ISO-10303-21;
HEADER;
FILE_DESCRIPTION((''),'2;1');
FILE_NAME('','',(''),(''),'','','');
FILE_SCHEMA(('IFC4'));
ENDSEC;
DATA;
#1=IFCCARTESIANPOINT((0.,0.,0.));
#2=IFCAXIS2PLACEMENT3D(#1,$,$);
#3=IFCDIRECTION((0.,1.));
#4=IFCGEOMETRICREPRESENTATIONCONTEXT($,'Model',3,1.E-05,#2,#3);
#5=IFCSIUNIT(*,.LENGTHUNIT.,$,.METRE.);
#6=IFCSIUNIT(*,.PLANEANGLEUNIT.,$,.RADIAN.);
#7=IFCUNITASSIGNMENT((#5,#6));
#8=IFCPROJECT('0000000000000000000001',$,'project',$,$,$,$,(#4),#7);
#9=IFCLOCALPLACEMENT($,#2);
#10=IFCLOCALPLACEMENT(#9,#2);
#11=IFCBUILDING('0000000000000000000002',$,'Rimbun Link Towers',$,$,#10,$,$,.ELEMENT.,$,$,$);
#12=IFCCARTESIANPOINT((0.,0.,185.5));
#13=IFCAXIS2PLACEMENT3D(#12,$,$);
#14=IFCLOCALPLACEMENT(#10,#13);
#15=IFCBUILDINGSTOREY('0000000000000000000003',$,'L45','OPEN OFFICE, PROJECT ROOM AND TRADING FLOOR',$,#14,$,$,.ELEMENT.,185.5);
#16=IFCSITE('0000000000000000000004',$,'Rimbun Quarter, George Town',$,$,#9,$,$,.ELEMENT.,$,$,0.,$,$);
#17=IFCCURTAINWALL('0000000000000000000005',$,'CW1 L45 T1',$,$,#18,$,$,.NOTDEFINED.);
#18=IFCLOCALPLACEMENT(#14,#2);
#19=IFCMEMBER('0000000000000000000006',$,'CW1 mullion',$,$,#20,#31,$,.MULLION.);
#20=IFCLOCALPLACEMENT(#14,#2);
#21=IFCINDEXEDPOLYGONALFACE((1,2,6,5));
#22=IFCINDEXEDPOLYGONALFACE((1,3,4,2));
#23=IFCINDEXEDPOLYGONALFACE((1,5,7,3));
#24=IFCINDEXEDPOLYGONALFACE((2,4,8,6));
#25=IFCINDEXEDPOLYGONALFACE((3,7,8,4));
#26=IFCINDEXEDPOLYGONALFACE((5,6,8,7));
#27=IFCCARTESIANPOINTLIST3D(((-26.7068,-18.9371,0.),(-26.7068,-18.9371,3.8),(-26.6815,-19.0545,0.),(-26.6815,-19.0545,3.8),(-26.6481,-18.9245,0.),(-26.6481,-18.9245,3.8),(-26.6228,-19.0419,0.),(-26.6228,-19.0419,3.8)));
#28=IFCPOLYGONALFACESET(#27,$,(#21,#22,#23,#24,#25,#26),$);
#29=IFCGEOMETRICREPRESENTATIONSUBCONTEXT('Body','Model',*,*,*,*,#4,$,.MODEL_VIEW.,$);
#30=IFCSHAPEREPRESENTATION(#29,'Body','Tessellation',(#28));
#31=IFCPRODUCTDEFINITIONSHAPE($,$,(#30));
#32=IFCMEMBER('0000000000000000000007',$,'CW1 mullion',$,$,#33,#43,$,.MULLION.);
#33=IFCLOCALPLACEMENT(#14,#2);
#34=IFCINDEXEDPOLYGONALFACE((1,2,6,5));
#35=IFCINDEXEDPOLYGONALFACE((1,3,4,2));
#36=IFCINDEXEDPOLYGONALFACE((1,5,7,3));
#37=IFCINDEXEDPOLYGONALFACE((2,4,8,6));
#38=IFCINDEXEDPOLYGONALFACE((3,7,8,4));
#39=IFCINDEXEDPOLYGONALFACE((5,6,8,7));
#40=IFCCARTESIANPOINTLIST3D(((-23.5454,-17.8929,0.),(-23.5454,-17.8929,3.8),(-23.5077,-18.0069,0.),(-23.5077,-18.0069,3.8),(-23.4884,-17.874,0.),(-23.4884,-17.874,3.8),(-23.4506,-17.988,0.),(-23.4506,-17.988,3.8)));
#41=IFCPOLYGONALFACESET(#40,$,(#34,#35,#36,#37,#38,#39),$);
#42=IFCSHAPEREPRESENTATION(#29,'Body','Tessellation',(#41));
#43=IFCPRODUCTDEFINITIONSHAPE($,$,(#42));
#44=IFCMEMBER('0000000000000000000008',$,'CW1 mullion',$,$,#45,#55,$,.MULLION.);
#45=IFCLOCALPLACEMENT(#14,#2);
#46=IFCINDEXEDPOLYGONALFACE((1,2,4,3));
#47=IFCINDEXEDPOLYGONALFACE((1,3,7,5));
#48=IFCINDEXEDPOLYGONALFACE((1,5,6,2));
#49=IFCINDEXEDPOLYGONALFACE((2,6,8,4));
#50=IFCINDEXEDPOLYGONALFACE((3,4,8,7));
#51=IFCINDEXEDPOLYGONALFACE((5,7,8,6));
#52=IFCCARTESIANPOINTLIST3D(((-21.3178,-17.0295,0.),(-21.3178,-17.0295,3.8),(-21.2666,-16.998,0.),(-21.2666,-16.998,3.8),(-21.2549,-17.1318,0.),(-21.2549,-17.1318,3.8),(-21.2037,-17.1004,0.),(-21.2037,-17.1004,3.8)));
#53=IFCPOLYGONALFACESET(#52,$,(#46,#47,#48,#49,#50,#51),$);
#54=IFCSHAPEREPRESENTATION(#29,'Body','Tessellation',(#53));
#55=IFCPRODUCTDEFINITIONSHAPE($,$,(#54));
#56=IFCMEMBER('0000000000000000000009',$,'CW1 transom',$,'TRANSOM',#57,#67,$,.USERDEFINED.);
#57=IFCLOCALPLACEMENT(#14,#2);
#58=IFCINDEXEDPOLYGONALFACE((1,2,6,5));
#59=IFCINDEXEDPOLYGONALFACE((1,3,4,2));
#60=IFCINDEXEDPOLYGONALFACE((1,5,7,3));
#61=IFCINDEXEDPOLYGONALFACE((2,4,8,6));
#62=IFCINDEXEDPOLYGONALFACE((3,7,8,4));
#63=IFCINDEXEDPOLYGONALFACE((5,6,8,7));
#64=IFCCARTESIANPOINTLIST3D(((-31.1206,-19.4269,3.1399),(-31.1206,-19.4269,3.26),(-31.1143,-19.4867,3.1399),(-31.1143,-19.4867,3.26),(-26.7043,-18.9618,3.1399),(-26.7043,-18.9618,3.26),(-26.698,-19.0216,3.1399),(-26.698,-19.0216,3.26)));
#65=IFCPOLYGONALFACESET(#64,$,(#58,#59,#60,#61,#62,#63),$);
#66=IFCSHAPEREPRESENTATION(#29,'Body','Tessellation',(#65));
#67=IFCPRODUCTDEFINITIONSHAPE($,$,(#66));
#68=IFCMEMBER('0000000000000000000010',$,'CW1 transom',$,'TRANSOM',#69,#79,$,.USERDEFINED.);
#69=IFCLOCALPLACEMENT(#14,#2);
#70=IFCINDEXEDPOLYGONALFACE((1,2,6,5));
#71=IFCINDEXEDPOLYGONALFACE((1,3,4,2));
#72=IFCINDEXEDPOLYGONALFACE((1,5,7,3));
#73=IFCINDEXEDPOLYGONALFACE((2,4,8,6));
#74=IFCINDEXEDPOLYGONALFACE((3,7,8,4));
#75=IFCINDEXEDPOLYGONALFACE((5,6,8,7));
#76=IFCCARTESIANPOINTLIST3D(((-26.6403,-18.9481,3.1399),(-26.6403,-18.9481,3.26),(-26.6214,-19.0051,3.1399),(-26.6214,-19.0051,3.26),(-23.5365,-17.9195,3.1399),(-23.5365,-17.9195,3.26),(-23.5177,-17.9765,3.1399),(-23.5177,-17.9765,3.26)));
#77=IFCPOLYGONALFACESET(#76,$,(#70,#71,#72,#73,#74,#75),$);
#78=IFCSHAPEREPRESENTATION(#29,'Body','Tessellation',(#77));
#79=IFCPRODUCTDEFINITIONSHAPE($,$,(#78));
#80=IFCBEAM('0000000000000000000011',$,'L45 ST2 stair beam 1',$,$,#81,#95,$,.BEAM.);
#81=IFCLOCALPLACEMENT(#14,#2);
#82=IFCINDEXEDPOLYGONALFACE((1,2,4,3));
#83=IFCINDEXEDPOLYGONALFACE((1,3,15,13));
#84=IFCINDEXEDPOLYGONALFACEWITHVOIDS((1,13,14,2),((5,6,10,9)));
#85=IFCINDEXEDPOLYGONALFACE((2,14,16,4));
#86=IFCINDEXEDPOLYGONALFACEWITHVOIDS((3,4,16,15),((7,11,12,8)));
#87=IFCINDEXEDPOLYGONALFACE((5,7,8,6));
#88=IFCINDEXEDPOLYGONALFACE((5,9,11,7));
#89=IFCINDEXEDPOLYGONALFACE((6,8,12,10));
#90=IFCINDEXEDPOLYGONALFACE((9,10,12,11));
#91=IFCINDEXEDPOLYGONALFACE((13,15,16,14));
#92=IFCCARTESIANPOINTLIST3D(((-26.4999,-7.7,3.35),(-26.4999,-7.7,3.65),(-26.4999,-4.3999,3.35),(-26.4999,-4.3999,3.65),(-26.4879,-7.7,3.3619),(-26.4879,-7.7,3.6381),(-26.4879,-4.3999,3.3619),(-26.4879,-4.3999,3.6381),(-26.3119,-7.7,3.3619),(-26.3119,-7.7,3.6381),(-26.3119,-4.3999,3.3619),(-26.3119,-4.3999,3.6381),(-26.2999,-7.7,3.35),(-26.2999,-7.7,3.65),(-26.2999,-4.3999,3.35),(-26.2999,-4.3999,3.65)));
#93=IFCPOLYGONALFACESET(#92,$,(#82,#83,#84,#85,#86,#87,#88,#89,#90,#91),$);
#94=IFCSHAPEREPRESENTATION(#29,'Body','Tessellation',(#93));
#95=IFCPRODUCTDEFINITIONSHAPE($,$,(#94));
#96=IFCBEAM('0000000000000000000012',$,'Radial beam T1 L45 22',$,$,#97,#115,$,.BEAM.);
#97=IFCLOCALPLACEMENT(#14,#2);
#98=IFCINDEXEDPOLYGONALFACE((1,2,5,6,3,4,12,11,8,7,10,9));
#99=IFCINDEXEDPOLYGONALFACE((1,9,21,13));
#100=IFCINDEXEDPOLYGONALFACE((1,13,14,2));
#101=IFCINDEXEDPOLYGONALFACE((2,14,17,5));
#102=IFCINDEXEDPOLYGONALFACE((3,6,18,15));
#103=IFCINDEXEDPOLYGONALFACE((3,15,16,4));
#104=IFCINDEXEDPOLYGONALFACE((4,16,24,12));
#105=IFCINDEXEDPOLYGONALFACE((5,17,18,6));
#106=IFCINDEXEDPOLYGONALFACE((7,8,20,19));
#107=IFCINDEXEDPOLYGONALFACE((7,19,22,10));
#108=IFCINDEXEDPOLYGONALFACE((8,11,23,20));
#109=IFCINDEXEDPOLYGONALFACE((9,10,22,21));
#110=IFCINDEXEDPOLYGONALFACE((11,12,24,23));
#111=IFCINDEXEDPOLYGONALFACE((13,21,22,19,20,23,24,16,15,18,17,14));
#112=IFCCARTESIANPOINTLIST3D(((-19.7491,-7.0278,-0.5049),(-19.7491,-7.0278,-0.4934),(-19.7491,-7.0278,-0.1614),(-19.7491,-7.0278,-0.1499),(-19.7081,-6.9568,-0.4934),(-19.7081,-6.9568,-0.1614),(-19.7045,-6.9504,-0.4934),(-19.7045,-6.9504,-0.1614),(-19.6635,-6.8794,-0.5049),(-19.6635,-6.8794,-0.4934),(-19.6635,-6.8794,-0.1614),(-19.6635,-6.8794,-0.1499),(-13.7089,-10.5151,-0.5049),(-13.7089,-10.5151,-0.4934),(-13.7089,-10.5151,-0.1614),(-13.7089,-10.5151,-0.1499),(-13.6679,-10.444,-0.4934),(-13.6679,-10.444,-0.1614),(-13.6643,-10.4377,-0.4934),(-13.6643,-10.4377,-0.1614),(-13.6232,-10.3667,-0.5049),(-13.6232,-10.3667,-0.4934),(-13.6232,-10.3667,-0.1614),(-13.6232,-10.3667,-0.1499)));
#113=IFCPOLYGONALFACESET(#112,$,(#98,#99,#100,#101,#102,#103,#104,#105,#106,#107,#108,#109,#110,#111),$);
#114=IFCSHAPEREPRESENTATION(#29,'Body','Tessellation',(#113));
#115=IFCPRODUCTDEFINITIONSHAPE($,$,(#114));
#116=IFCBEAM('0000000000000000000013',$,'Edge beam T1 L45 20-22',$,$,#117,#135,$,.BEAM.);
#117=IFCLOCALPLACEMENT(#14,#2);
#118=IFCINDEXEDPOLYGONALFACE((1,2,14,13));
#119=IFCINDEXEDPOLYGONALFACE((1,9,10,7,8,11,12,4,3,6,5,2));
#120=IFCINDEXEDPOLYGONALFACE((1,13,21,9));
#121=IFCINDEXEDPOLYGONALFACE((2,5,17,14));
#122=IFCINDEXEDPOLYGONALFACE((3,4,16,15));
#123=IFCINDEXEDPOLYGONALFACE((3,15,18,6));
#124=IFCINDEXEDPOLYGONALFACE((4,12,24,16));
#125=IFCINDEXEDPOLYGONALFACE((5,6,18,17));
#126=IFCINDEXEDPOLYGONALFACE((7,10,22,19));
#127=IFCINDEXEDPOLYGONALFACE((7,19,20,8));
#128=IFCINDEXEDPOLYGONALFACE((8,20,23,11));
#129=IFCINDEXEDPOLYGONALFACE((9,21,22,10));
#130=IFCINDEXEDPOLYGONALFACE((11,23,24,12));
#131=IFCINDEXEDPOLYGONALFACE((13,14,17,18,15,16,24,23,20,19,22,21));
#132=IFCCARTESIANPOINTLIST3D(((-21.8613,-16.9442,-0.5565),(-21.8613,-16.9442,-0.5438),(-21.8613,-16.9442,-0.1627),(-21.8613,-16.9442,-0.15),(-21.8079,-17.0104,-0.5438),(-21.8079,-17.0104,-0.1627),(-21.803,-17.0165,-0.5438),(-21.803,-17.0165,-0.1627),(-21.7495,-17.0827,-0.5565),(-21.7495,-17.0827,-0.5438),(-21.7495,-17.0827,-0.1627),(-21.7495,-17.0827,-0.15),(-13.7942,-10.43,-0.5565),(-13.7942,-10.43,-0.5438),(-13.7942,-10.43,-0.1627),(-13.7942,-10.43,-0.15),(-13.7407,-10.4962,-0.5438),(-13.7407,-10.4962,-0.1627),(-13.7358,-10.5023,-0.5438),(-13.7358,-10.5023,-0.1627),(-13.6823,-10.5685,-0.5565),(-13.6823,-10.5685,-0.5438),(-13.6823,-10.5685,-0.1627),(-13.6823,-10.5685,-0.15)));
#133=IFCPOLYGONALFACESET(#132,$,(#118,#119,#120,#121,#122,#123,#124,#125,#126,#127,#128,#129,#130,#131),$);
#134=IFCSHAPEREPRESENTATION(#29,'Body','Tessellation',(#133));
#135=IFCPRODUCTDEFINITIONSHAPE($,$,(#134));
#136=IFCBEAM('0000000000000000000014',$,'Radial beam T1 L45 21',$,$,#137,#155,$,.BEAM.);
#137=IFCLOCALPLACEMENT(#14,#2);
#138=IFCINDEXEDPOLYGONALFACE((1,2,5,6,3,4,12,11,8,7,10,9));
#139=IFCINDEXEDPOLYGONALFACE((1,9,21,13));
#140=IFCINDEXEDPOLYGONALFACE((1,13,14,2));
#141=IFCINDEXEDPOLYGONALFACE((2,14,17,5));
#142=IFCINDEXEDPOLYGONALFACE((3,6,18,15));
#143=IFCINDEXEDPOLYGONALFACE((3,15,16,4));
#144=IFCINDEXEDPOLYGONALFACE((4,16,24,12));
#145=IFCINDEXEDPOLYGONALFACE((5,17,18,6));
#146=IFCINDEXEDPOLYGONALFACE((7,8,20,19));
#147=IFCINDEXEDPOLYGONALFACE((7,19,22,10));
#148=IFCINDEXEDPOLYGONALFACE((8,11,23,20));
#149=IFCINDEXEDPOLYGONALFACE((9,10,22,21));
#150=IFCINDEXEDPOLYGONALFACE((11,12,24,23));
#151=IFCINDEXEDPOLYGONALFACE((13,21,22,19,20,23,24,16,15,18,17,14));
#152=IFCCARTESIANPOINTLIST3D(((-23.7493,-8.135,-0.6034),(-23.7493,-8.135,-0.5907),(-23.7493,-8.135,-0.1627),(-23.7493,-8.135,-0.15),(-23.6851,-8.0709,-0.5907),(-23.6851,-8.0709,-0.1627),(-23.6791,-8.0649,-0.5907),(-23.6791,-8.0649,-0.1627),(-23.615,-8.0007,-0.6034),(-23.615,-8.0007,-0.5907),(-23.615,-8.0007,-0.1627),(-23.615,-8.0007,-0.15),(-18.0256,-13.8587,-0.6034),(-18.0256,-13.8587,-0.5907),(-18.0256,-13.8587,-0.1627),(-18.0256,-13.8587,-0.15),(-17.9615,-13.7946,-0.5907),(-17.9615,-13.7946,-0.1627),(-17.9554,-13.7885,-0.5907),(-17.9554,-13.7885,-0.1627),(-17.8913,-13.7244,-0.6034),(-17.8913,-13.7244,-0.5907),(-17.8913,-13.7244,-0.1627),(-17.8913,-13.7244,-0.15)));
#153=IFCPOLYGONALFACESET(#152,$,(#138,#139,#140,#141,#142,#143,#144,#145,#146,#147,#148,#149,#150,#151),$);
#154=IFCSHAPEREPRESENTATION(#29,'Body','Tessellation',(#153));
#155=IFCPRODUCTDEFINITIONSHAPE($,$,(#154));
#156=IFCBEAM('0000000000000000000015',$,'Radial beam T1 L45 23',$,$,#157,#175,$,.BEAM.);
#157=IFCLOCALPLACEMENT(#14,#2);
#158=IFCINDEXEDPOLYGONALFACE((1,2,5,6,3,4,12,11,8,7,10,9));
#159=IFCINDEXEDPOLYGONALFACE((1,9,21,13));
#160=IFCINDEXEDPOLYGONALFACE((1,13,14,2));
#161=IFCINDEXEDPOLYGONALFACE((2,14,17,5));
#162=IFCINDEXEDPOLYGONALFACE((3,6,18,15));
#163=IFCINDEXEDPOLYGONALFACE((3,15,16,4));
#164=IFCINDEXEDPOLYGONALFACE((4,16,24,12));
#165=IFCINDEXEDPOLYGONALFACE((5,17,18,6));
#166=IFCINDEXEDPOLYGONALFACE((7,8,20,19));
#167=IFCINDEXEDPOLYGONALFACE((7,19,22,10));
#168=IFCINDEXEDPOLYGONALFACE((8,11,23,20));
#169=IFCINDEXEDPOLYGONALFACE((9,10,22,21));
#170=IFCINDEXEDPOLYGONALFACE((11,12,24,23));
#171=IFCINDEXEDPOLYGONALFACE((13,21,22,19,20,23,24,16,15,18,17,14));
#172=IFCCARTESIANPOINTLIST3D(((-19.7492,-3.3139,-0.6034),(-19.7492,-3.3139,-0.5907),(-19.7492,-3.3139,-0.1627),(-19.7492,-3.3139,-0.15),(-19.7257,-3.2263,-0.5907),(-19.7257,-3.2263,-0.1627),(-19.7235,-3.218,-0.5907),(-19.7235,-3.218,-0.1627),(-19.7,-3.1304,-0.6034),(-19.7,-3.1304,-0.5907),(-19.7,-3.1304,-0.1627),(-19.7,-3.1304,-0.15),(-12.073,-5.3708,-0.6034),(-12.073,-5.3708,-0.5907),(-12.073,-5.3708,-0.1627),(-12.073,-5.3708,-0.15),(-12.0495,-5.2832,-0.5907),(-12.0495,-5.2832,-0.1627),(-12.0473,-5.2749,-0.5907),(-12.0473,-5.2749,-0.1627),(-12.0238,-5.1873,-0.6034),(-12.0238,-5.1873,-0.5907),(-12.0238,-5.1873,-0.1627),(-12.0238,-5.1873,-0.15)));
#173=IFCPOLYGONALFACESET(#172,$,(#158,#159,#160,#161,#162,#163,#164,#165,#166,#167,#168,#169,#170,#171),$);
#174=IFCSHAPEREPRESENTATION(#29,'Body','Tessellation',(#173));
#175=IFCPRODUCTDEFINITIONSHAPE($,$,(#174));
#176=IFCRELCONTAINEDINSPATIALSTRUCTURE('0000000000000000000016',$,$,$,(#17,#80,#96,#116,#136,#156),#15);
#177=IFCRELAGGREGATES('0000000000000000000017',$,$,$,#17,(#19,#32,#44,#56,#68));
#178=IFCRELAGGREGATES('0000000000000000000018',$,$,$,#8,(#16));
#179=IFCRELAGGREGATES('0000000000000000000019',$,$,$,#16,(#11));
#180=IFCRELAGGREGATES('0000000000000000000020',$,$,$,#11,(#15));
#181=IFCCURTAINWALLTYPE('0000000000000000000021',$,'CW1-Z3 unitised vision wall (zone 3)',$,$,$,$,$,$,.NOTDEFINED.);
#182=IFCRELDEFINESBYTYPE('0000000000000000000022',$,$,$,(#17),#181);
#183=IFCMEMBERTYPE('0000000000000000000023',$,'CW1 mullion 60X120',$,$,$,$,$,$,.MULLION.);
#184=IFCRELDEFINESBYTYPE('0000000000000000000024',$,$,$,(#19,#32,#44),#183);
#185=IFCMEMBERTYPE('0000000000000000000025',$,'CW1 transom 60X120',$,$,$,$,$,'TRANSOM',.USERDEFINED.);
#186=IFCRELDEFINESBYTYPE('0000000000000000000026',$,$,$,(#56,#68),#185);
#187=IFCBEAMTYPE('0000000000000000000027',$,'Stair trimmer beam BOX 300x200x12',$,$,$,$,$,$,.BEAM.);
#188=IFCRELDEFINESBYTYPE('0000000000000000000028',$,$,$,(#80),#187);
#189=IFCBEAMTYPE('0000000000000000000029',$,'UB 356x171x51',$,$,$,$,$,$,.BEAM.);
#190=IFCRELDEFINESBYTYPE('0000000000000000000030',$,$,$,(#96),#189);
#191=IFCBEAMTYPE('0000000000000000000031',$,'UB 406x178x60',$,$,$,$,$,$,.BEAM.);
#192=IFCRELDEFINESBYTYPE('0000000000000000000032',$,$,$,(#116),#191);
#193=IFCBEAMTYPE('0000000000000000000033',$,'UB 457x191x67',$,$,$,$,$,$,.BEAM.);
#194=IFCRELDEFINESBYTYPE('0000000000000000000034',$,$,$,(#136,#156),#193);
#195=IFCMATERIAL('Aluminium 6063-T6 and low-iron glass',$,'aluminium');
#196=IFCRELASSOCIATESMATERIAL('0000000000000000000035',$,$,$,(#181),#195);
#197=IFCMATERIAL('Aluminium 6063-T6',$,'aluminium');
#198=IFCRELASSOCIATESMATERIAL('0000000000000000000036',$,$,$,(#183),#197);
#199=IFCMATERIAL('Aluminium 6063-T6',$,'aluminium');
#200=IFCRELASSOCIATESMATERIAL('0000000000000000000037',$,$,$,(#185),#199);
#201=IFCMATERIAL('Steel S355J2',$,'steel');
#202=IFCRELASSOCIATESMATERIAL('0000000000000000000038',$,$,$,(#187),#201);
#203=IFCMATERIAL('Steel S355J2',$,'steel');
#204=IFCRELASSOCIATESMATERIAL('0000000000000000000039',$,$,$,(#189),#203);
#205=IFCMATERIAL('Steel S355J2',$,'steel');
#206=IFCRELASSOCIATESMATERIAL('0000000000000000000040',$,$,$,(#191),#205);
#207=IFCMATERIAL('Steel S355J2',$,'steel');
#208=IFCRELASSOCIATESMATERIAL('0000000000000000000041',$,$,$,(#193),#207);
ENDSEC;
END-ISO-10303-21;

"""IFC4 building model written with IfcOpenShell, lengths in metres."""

from ifc_helpers import new_model, si_unit, direction, frame, origin, origin_2d, place, context, subcontext, project, spatial, rectangle, hollow_rectangle, i_section, extrude, material, material_profile, profile_set, type_object, element, aggregate, save


model = new_model("IFC4")

# Units and contexts
model_context = context("Model", 3, precision=1e-05, world=origin(), true_north=direction((0.0, 1.0)))
body_context = subcontext(model_context, "Body", "Model", "MODEL_VIEW")
ifc_project = project(units=[si_unit("LENGTHUNIT", "METRE"), si_unit("PLANEANGLEUNIT", "RADIAN")], contexts=[model_context])

# Site, building, storey
site_placement = place(None, origin())
site = spatial("IfcSite", under=ifc_project, at=site_placement, Name="Rimbun Quarter, George Town", CompositionType="ELEMENT", RefElevation=0.0)
building_placement = place(site_placement, origin())
building = spatial("IfcBuilding", under=site, at=building_placement, Name="Rimbun Link Towers", CompositionType="ELEMENT")
storey_placement = place(building_placement, frame((0.0, 0.0, 185.5)))
storey = spatial("IfcBuildingStorey", under=building, at=storey_placement, Name="L45", Description="OPEN OFFICE, PROJECT ROOM AND TRADING FLOOR", CompositionType="ELEMENT", Elevation=185.5)

# Curtain wall, members
ifc_material_1 = material(Name="Aluminium 6063-T6 and low-iron glass", Category="aluminium")
curtain_wall_type = type_object("IfcCurtainWallType", Name="CW1-Z3 unitised vision wall (zone 3)", PredefinedType="NOTDEFINED", material=ifc_material_1)
curtain_wall_placement = place(storey_placement, origin())
curtain_wall = element("IfcCurtainWall", 1, at=curtain_wall_placement, inside=storey, type_object=curtain_wall_type, Name="CW1 L45 T1", PredefinedType="NOTDEFINED")
ifc_material_2 = material(Name="Aluminium 6063-T6", Category="aluminium")
ifc_material_profile_1 = material_profile(ifc_material_2, rectangle(XDim=0.1201, YDim=0.0601, at=origin_2d()), Name="MULLION 60X120")
ifc_profile_set_1 = profile_set([ifc_material_profile_1], Name="Aluminium 6063-T6")
member_type_1 = type_object("IfcMemberType", Name="CW1 mullion 60X120", PredefinedType="MULLION", material=ifc_profile_set_1)
member_1_placement = place(storey_placement, frame((-26.6648, -18.9895, 0.0), z_axis=(0.0, 0.0, 1.0), x_axis=(0.210877, -0.977513, 0.0)))
member_1 = element("IfcMember", 2, at=member_1_placement, type_object=member_type_1, Name="CW1 mullion", PredefinedType="MULLION", context=body_context, shape_type="SweptSolid", body=[
    extrude(rectangle(XDim=0.1201, YDim=0.0601, at=origin_2d()), origin(), (0.0, 0.0, 1.0), 3.8),
])
member_2_placement = place(storey_placement, frame((-23.498, -17.9404, 0.0), z_axis=(0.0, 0.0, 1.0), x_axis=(0.314565, -0.949236, 0.0)))
member_2 = element("IfcMember", 3, at=member_2_placement, type_object=member_type_1, Name="CW1 mullion", PredefinedType="MULLION", context=body_context, shape_type="SweptSolid", body=[
    extrude(rectangle(XDim=0.1201, YDim=0.0601, at=origin_2d()), origin(), (0.0, 0.0, 1.0), 3.8),
])
member_3_placement = place(storey_placement, frame((-21.2607, -17.0649, 0.0), z_axis=(0.0, 0.0, 1.0), x_axis=(0.523235, -0.852189, 0.0)))
member_3 = element("IfcMember", 4, at=member_3_placement, type_object=member_type_1, Name="CW1 mullion", PredefinedType="MULLION", context=body_context, shape_type="SweptSolid", body=[
    extrude(rectangle(XDim=0.1201, YDim=0.0601, at=origin_2d()), origin(), (0.0, 0.0, 1.0), 3.8),
])
ifc_material_3 = material(Name="Aluminium 6063-T6", Category="aluminium")
ifc_material_profile_2 = material_profile(ifc_material_3, rectangle(XDim=0.0601, YDim=0.1201, at=origin_2d()), Name="TRANSOM 60X120")
ifc_profile_set_2 = profile_set([ifc_material_profile_2], Name="Aluminium 6063-T6")
member_type_2 = type_object("IfcMemberType", Name="CW1 transom 60X120", ElementType="TRANSOM", PredefinedType="USERDEFINED", material=ifc_profile_set_2)
member_4_placement = place(storey_placement, frame((-26.7012, -18.9917, 3.2), z_axis=(-0.9945, -0.104733, 0.0), x_axis=(0.104733, -0.9945, 0.0)))
member_4 = element("IfcMember", 5, at=member_4_placement, type_object=member_type_2, Name="CW1 transom", ObjectType="TRANSOM", PredefinedType="USERDEFINED", context=body_context, shape_type="SweptSolid", body=[
    extrude(rectangle(XDim=0.0601, YDim=0.1201, at=origin_2d()), origin(), (0.0, 0.0, 1.0), 4.4407),
])
member_5_placement = place(storey_placement, frame((-23.5271, -17.948, 3.2), z_axis=(-0.949234, -0.31457, 0.0), x_axis=(0.31457, -0.949234, 0.0)))
member_5 = element("IfcMember", 6, at=member_5_placement, type_object=member_type_2, Name="CW1 transom", ObjectType="TRANSOM", PredefinedType="USERDEFINED", context=body_context, shape_type="SweptSolid", body=[
    extrude(rectangle(XDim=0.0601, YDim=0.1201, at=origin_2d()), origin(), (0.0, 0.0, 1.0), 3.2698),
])

# Beams
ifc_material_4 = material(Name="Steel S355J2", Category="steel")
ifc_material_profile_3 = material_profile(ifc_material_4, hollow_rectangle(XDim=0.2, YDim=0.3, WallThickness=0.012, at=origin_2d()), Name="BOX 300x200x12")
ifc_profile_set_3 = profile_set([ifc_material_profile_3], Name="Steel S355J2")
beam_type_1 = type_object("IfcBeamType", Name="Stair trimmer beam BOX 300x200x12", PredefinedType="BEAM", material=ifc_profile_set_3)
beam_1_placement = place(storey_placement, frame((-26.3999, -7.7, 3.5), z_axis=(0.0, 1.0, 0.0), x_axis=(-1.0, 0.0, 0.0)))
element("IfcBeam", 7, at=beam_1_placement, inside=storey, type_object=beam_type_1, Name="L45 ST2 stair beam 1", PredefinedType="BEAM", context=body_context, shape_type="SweptSolid", body=[
    extrude(hollow_rectangle(XDim=0.2, YDim=0.3, WallThickness=0.012, at=origin_2d()), origin(), (0.0, 0.0, 1.0), 3.3),
])
ifc_material_5 = material(Name="Steel S355J2", Category="steel")
ifc_material_profile_4 = material_profile(ifc_material_5, i_section(OverallWidth=0.1714, OverallDepth=0.355, WebThickness=0.0073, FlangeThickness=0.0115, at=origin_2d()), Name="UB 356x171x51")
ifc_profile_set_4 = profile_set([ifc_material_profile_4], Name="Steel S355J2")
beam_type_2 = type_object("IfcBeamType", Name="UB 356x171x51", PredefinedType="BEAM", material=ifc_profile_set_4)
beam_2_placement = place(storey_placement, frame((-19.7063, -6.9536, -0.3274), z_axis=(0.866029, -0.499994, 0.0), x_axis=(0.499994, 0.866029, 0.0)))
element("IfcBeam", 8, at=beam_2_placement, inside=storey, type_object=beam_type_2, Name="Radial beam T1 L45 22", PredefinedType="BEAM", context=body_context, shape_type="SweptSolid", body=[
    extrude(i_section(OverallWidth=0.1714, OverallDepth=0.355, WebThickness=0.0073, FlangeThickness=0.0115, at=origin_2d()), origin(), (0.0, 0.0, 1.0), 6.9746),
])
ifc_material_6 = material(Name="Steel S355J2", Category="steel")
ifc_material_profile_5 = material_profile(ifc_material_6, i_section(OverallWidth=0.178, OverallDepth=0.4065, WebThickness=0.0078, FlangeThickness=0.0127, at=origin_2d()), Name="UB 406x178x60")
ifc_profile_set_5 = profile_set([ifc_material_profile_5], Name="Steel S355J2")
beam_type_3 = type_object("IfcBeamType", Name="UB 406x178x60", PredefinedType="BEAM", material=ifc_profile_set_5)
beam_3_placement = place(storey_placement, frame((-21.8054, -17.0134, -0.3533), z_axis=(0.778017, 0.628243, 0.0), x_axis=(-0.628243, 0.778017, 0.0)))
element("IfcBeam", 9, at=beam_3_placement, inside=storey, type_object=beam_type_3, Name="Edge beam T1 L45 20-22", PredefinedType="BEAM", context=body_context, shape_type="SweptSolid", body=[
    extrude(i_section(OverallWidth=0.178, OverallDepth=0.4065, WebThickness=0.0078, FlangeThickness=0.0127, at=origin_2d()), origin(), (0.0, 0.0, 1.0), 10.3689),
])
ifc_material_7 = material(Name="Steel S355J2", Category="steel")
ifc_material_profile_6 = material_profile(ifc_material_7, i_section(OverallWidth=0.1899, OverallDepth=0.4534, WebThickness=0.0085, FlangeThickness=0.0127, at=origin_2d()), Name="UB 457x191x67")
ifc_profile_set_6 = profile_set([ifc_material_profile_6], Name="Steel S355J2")
beam_type_4 = type_object("IfcBeamType", Name="UB 457x191x67", PredefinedType="BEAM", material=ifc_profile_set_6)
beam_4_placement = place(storey_placement, frame((-23.6821, -8.0679, -0.3767), z_axis=(0.707107, -0.707107, 0.0), x_axis=(0.707107, 0.707107, 0.0)))
element("IfcBeam", 10, at=beam_4_placement, inside=storey, type_object=beam_type_4, Name="Radial beam T1 L45 21", PredefinedType="BEAM", context=body_context, shape_type="SweptSolid", body=[
    extrude(i_section(OverallWidth=0.1899, OverallDepth=0.4534, WebThickness=0.0085, FlangeThickness=0.0127, at=origin_2d()), origin(), (0.0, 0.0, 1.0), 8.0945),
])
beam_5_placement = place(storey_placement, frame((-19.7246, -3.2222, -0.3767), z_axis=(0.965925, -0.258823, 0.0), x_axis=(0.258823, 0.965925, 0.0)))
element("IfcBeam", 11, at=beam_5_placement, inside=storey, type_object=beam_type_4, Name="Radial beam T1 L45 23", PredefinedType="BEAM", context=body_context, shape_type="SweptSolid", body=[
    extrude(i_section(OverallWidth=0.1899, OverallDepth=0.4534, WebThickness=0.0085, FlangeThickness=0.0127, at=origin_2d()), origin(), (0.0, 0.0, 1.0), 7.947),
])

aggregate(curtain_wall, [member_1, member_2, member_3, member_4, member_5])

save(model, "model.ifc")
